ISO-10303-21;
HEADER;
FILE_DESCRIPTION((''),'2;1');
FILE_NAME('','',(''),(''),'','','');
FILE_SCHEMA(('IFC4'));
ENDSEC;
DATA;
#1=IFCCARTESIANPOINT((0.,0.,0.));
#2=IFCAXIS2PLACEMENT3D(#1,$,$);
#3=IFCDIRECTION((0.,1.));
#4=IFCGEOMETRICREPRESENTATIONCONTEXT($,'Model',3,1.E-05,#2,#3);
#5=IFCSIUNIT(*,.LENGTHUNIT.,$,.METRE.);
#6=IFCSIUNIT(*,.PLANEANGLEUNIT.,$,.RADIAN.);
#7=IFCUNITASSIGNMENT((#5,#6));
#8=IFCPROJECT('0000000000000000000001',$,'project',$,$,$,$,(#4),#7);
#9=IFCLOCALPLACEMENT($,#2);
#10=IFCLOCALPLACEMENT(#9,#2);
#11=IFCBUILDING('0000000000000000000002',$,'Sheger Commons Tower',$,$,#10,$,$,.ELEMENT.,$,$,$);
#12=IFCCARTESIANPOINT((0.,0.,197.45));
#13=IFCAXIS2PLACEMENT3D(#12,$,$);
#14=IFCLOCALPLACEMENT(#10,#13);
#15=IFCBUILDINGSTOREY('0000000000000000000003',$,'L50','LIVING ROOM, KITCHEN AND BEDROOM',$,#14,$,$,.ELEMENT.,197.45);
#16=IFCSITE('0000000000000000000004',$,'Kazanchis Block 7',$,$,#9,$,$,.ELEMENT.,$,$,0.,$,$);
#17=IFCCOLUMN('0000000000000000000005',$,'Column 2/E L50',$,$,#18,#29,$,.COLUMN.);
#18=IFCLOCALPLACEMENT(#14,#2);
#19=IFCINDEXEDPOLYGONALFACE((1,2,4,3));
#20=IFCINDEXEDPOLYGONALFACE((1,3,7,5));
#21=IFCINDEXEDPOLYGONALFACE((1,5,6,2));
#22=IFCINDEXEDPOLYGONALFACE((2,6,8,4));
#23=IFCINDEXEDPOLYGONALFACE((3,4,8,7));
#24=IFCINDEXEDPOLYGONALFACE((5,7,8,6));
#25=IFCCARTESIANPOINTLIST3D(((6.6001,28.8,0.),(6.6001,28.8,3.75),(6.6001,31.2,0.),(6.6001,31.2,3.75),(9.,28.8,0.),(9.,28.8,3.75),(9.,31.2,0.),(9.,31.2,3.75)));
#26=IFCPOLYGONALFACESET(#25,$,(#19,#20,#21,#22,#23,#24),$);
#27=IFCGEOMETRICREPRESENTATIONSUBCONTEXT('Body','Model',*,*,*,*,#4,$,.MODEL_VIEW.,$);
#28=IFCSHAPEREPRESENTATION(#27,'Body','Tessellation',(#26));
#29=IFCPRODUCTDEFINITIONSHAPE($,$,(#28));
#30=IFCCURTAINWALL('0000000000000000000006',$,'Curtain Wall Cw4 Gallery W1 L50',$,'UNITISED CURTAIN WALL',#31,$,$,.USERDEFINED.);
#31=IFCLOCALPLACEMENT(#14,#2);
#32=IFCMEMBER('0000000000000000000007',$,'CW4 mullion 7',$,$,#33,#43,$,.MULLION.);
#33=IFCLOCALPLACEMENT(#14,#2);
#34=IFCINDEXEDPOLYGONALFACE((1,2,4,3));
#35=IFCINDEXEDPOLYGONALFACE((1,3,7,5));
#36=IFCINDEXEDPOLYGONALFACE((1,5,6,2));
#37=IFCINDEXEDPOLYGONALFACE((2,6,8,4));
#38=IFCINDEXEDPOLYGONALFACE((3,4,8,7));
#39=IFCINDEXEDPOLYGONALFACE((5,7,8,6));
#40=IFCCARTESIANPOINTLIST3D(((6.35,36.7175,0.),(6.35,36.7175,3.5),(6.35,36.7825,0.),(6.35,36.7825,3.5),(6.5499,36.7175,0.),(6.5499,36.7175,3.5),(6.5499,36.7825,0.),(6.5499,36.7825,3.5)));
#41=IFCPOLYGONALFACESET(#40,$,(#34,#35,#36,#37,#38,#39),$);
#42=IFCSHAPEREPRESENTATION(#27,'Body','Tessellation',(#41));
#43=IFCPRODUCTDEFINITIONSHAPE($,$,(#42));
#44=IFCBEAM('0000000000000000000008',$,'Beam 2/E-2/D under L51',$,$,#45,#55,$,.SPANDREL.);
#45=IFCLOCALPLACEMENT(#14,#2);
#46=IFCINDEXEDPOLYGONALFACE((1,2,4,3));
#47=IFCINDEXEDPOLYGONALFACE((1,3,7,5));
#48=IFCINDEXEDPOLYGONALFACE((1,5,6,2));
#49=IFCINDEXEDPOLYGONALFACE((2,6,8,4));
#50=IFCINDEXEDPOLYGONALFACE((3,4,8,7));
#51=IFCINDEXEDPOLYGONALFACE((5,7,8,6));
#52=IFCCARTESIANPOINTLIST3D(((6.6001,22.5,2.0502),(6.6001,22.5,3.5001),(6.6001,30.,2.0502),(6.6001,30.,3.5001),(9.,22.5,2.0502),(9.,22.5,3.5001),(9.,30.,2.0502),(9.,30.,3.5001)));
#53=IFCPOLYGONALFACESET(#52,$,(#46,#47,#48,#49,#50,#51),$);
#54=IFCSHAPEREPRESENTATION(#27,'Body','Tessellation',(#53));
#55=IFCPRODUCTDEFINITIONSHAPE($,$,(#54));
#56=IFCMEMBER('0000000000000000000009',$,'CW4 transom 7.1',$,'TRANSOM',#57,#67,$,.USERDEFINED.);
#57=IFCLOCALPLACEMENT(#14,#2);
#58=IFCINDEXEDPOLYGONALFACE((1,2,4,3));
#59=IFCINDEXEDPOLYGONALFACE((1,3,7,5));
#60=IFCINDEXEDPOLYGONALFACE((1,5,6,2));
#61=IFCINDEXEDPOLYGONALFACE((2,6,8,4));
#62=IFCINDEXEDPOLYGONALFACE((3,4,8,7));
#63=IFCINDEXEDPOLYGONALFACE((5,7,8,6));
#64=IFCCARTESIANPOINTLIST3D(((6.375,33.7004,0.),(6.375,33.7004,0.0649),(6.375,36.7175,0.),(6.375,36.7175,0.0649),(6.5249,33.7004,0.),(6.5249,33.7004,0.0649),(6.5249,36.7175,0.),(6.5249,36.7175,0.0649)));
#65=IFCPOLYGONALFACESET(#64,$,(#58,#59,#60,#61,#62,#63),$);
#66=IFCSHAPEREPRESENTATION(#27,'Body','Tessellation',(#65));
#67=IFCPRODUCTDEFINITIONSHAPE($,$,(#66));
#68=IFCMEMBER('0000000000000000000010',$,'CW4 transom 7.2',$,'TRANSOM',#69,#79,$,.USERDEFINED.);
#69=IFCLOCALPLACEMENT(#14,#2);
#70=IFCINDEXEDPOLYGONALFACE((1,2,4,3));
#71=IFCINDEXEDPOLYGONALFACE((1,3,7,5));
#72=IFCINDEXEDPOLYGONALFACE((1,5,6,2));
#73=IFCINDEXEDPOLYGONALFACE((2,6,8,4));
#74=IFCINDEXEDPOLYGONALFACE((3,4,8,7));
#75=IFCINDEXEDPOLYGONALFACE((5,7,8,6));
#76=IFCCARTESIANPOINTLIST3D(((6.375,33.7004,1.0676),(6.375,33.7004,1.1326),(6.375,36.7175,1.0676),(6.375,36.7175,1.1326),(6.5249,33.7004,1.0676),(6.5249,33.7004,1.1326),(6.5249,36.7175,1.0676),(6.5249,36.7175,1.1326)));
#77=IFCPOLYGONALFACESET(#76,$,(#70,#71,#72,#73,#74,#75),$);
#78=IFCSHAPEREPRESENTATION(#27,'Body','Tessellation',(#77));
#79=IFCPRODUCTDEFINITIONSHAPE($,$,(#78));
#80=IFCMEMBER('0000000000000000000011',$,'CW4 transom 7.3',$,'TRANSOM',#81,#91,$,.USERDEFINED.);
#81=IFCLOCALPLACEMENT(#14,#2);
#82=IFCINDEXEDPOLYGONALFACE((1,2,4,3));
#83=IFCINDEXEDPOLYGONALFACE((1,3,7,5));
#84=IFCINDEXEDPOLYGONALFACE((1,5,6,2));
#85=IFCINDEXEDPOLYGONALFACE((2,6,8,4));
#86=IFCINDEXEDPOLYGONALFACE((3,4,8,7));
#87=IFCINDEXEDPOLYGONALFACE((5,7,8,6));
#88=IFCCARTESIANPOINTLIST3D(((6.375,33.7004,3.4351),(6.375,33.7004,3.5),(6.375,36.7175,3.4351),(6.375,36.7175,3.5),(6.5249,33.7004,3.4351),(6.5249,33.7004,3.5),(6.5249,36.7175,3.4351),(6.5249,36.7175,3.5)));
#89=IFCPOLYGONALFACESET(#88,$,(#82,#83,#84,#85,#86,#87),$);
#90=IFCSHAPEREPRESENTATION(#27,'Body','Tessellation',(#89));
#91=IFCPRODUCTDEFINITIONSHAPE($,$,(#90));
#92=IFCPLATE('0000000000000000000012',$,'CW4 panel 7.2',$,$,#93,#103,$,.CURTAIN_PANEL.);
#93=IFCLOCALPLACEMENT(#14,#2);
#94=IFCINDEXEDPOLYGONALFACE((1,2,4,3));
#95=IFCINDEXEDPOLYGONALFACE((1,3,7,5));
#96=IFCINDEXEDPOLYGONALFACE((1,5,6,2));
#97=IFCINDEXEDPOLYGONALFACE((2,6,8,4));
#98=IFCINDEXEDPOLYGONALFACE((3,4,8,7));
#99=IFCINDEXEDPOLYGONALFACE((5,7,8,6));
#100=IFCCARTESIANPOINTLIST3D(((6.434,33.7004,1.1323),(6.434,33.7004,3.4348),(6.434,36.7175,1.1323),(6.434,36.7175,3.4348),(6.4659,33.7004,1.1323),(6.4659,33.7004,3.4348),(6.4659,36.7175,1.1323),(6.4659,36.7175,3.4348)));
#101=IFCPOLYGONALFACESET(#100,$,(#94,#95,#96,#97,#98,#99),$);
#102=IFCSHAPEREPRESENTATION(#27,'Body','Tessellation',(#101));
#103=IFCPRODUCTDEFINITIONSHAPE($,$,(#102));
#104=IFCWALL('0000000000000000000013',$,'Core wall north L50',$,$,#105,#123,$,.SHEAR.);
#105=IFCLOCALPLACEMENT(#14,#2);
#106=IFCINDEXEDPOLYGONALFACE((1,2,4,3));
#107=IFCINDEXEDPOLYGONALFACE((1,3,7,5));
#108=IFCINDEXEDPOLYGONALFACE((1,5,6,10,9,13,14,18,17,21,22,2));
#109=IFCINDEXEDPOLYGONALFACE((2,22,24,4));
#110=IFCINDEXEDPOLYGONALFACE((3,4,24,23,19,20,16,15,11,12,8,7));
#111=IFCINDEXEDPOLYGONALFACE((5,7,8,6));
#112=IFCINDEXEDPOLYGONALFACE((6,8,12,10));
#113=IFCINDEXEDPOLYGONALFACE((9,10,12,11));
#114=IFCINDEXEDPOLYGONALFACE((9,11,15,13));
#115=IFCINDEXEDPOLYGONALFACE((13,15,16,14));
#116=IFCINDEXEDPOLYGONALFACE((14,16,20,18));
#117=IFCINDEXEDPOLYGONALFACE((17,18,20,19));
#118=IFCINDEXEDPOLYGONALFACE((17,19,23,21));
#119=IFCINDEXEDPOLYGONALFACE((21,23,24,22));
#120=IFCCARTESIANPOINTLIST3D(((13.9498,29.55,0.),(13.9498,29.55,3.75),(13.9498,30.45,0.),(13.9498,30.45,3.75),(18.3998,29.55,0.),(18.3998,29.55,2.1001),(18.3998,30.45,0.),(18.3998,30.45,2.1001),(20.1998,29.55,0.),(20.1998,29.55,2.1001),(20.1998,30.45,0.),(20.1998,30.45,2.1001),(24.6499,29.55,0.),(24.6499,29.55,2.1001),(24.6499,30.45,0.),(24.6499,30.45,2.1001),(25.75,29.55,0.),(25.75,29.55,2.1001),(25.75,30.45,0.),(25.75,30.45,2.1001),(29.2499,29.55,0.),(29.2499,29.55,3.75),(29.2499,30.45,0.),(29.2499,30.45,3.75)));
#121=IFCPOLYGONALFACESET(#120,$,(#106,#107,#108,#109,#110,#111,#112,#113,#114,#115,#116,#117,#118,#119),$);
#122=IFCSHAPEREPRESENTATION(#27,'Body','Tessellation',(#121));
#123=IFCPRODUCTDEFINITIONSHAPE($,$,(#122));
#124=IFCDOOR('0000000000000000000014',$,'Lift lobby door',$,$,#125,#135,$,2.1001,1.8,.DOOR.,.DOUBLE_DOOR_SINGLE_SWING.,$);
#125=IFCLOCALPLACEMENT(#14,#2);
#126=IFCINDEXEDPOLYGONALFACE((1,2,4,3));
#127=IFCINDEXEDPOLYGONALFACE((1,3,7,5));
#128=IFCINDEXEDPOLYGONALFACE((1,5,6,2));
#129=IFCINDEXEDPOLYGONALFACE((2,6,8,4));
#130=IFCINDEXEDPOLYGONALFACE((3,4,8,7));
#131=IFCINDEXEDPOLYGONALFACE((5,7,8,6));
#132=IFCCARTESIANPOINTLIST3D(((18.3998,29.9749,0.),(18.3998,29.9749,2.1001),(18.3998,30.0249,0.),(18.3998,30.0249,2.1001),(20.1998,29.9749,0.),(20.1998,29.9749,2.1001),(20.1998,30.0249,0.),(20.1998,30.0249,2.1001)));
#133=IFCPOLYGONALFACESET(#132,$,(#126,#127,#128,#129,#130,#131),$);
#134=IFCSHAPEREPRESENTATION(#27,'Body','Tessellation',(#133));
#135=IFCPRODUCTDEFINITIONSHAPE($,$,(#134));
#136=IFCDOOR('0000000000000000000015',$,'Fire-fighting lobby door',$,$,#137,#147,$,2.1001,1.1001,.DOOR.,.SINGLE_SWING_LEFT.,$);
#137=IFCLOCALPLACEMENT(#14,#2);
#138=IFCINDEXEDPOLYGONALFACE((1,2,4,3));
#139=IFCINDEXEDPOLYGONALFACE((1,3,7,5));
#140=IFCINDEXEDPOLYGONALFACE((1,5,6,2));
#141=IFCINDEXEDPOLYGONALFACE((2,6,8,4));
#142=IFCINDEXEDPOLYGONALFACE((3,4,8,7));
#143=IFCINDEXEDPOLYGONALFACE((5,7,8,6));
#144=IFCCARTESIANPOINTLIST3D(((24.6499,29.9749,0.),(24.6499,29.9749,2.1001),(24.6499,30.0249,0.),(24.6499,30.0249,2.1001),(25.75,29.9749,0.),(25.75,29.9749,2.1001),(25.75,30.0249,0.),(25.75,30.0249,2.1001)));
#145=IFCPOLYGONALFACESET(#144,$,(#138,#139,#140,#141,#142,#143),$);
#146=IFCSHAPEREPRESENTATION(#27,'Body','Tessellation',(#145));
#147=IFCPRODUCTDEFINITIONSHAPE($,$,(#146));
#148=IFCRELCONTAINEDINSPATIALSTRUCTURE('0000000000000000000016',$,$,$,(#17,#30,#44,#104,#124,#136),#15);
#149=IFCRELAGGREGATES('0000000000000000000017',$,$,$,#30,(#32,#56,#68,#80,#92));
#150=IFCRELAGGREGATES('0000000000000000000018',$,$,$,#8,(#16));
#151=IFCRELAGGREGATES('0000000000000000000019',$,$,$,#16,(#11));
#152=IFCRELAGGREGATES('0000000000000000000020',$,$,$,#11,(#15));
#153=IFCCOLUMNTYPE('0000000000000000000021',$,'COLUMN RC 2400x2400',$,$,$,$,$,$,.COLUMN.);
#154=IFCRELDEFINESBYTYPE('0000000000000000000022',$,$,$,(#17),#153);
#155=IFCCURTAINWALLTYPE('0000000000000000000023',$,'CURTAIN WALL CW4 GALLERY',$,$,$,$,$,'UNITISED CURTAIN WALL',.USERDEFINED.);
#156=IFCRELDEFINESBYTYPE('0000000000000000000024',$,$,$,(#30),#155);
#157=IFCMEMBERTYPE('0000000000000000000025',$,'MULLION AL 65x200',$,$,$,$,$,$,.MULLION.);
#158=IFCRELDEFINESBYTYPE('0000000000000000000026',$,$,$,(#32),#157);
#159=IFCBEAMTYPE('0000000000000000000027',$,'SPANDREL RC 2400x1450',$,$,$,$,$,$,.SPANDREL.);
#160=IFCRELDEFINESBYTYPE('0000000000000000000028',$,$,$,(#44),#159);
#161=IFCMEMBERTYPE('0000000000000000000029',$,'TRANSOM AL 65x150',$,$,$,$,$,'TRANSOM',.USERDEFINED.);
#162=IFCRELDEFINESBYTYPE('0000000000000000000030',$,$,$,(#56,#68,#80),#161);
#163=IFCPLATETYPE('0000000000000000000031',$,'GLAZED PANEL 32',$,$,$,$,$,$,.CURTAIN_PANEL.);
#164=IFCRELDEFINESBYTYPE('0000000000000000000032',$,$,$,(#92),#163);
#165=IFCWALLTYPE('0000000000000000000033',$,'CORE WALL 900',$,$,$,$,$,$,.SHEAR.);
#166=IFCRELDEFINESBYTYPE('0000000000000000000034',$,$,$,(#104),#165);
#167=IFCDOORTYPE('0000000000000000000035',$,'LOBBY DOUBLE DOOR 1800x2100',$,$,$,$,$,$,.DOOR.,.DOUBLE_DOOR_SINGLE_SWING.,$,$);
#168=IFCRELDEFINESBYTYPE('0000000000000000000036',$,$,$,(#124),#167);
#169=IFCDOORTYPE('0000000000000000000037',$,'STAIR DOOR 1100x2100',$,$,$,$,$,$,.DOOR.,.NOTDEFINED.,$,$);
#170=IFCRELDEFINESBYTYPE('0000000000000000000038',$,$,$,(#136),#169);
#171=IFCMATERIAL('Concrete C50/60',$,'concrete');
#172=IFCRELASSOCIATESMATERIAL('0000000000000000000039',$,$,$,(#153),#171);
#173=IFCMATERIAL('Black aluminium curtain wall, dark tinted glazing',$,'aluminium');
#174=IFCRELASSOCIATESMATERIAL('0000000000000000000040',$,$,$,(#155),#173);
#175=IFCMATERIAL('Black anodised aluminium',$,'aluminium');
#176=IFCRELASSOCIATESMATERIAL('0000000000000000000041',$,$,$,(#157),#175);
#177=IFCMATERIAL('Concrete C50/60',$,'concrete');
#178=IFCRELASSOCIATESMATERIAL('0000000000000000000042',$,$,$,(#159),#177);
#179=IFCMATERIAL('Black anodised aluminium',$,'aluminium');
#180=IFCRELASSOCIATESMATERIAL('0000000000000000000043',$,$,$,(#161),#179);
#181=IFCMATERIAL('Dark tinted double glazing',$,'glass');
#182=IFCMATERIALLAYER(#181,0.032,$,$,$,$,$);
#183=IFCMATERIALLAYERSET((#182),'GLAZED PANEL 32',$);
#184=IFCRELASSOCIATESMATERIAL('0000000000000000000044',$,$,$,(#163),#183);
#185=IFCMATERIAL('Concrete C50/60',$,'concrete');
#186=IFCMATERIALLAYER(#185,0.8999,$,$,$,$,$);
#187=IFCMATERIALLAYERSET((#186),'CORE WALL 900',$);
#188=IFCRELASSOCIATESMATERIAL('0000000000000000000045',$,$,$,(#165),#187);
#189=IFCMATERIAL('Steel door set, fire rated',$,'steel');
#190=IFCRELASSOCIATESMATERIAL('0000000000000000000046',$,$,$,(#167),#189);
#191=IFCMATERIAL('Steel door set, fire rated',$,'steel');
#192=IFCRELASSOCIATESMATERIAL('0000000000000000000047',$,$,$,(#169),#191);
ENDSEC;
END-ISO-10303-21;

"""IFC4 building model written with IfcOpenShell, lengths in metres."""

from ifc_helpers import new_model, si_unit, direction, frame, frame_2d, origin, origin_2d, place, context, subcontext, project, spatial, rectangle, extrude, material, layer, layer_set, material_profile, profile_set, type_object, element, fill, aggregate, save


model = new_model("IFC4")

# Units and contexts
model_context = context("Model", 3, precision=1e-05, world=origin(), true_north=direction((0.0, 1.0)))
body_context = subcontext(model_context, "Body", "Model", "MODEL_VIEW")
ifc_project = project(units=[si_unit("LENGTHUNIT", "METRE"), si_unit("PLANEANGLEUNIT", "RADIAN")], contexts=[model_context])

# Site, building, storey
site_placement = place(None, origin())
site = spatial("IfcSite", under=ifc_project, at=site_placement, Name="Kazanchis Block 7", CompositionType="ELEMENT", RefElevation=0.0)
building_placement = place(site_placement, origin())
building = spatial("IfcBuilding", under=site, at=building_placement, Name="Sheger Commons Tower", CompositionType="ELEMENT")
storey_placement = place(building_placement, frame((0.0, 0.0, 197.45)))
storey = spatial("IfcBuildingStorey", under=building, at=storey_placement, Name="L50", Description="LIVING ROOM, KITCHEN AND BEDROOM", CompositionType="ELEMENT", Elevation=197.45)

# Column
ifc_material_1 = material(Name="Concrete C50/60", Category="concrete")
ifc_material_profile_1 = material_profile(ifc_material_1, rectangle(XDim=2.3999, YDim=2.3999, at=origin_2d()), Name="RC 2400x2400")
ifc_profile_set_1 = profile_set([ifc_material_profile_1], Name="Concrete C50/60")
column_type = type_object("IfcColumnType", Name="COLUMN RC 2400x2400", PredefinedType="COLUMN", material=ifc_profile_set_1)
column_placement = place(storey_placement, frame((7.8, 30.0, 0.0), z_axis=(0.0, 0.0, 1.0), x_axis=(1.0, 0.0, 0.0)))
element("IfcColumn", 1, at=column_placement, inside=storey, type_object=column_type, Name="Column 2/E L50", PredefinedType="COLUMN", context=body_context, shape_type="SweptSolid", body=[
    extrude(rectangle(XDim=2.3999, YDim=2.3999, at=origin_2d()), origin(), (0.0, 0.0, 1.0), 3.75),
])

# Curtain wall, member
ifc_material_2 = material(Name="Black aluminium curtain wall, dark tinted glazing", Category="aluminium")
curtain_wall_type = type_object("IfcCurtainWallType", Name="CURTAIN WALL CW4 GALLERY", ElementType="UNITISED CURTAIN WALL", PredefinedType="USERDEFINED", material=ifc_material_2)
curtain_wall_placement = place(storey_placement, origin())
curtain_wall = element("IfcCurtainWall", 2, at=curtain_wall_placement, inside=storey, type_object=curtain_wall_type, Name="Curtain Wall Cw4 Gallery W1 L50", ObjectType="UNITISED CURTAIN WALL", PredefinedType="USERDEFINED")
ifc_material_3 = material(Name="Black anodised aluminium", Category="aluminium")
ifc_material_profile_2 = material_profile(ifc_material_3, rectangle(XDim=0.2, YDim=0.0649, at=origin_2d()), Name="AL 65x200")
ifc_profile_set_2 = profile_set([ifc_material_profile_2], Name="Black anodised aluminium")
member_type_1 = type_object("IfcMemberType", Name="MULLION AL 65x200", PredefinedType="MULLION", material=ifc_profile_set_2)
member_1_placement = place(storey_placement, frame((6.45, 36.75, 0.0), z_axis=(0.0, 0.0, 1.0), x_axis=(1.0, 0.0, 0.0)))
member_1 = element("IfcMember", 3, at=member_1_placement, type_object=member_type_1, Name="CW4 mullion 7", PredefinedType="MULLION", context=body_context, shape_type="SweptSolid", body=[
    extrude(rectangle(XDim=0.2, YDim=0.0649, at=origin_2d()), origin(), (0.0, 0.0, 1.0), 3.5),
])

# Beam
ifc_material_4 = material(Name="Concrete C50/60", Category="concrete")
ifc_material_profile_3 = material_profile(ifc_material_4, rectangle(XDim=2.3999, YDim=1.45, at=origin_2d()), Name="RC 2400x1450")
ifc_profile_set_3 = profile_set([ifc_material_profile_3], Name="Concrete C50/60")
beam_type = type_object("IfcBeamType", Name="SPANDREL RC 2400x1450", PredefinedType="SPANDREL", material=ifc_profile_set_3)
beam_placement = place(storey_placement, frame((7.8, 30.0, 2.7751), z_axis=(0.0, -1.0, 0.0), x_axis=(1.0, 0.0, 0.0)))
element("IfcBeam", 4, at=beam_placement, inside=storey, type_object=beam_type, Name="Beam 2/E-2/D under L51", PredefinedType="SPANDREL", context=body_context, shape_type="SweptSolid", body=[
    extrude(rectangle(XDim=2.3999, YDim=1.45, at=origin_2d()), origin(), (0.0, 0.0, 1.0), 7.5),
])

# Members
ifc_material_5 = material(Name="Black anodised aluminium", Category="aluminium")
ifc_material_profile_4 = material_profile(ifc_material_5, rectangle(XDim=0.1499, YDim=0.0649, at=origin_2d()), Name="AL 65x150")
ifc_profile_set_4 = profile_set([ifc_material_profile_4], Name="Black anodised aluminium")
member_type_2 = type_object("IfcMemberType", Name="TRANSOM AL 65x150", ElementType="TRANSOM", PredefinedType="USERDEFINED", material=ifc_profile_set_4)
member_2_placement = place(storey_placement, frame((6.45, 36.7175, 0.0325), z_axis=(0.0, -1.0, 0.0), x_axis=(1.0, 0.0, 0.0)))
member_2 = element("IfcMember", 5, at=member_2_placement, type_object=member_type_2, Name="CW4 transom 7.1", ObjectType="TRANSOM", PredefinedType="USERDEFINED", context=body_context, shape_type="SweptSolid", body=[
    extrude(rectangle(XDim=0.1499, YDim=0.0649, at=origin_2d()), origin(), (0.0, 0.0, 1.0), 3.0171),
])
member_3_placement = place(storey_placement, frame((6.45, 36.7175, 1.1001), z_axis=(0.0, -1.0, 0.0), x_axis=(1.0, 0.0, 0.0)))
member_3 = element("IfcMember", 6, at=member_3_placement, type_object=member_type_2, Name="CW4 transom 7.2", ObjectType="TRANSOM", PredefinedType="USERDEFINED", context=body_context, shape_type="SweptSolid", body=[
    extrude(rectangle(XDim=0.1499, YDim=0.0649, at=origin_2d()), origin(), (0.0, 0.0, 1.0), 3.0171),
])
member_4_placement = place(storey_placement, frame((6.45, 36.7175, 3.4675), z_axis=(0.0, -1.0, 0.0), x_axis=(1.0, 0.0, 0.0)))
member_4 = element("IfcMember", 7, at=member_4_placement, type_object=member_type_2, Name="CW4 transom 7.3", ObjectType="TRANSOM", PredefinedType="USERDEFINED", context=body_context, shape_type="SweptSolid", body=[
    extrude(rectangle(XDim=0.1499, YDim=0.0649, at=origin_2d()), origin(), (0.0, 0.0, 1.0), 3.0171),
])

# Plate
ifc_material_6 = material(Name="Dark tinted double glazing", Category="glass")
ifc_layer_1 = layer(ifc_material_6, 0.032)
ifc_layer_set_1 = layer_set([ifc_layer_1], Name="GLAZED PANEL 32")
plate_type = type_object("IfcPlateType", Name="GLAZED PANEL 32", PredefinedType="CURTAIN_PANEL", material=ifc_layer_set_1)
plate_placement = place(storey_placement, frame((6.45, 35.209, 1.1323), z_axis=(0.0, 0.0, 1.0), x_axis=(0.0, -1.0, 0.0)))
plate = element("IfcPlate", 8, at=plate_placement, type_object=plate_type, Name="CW4 panel 7.2", PredefinedType="CURTAIN_PANEL", context=body_context, shape_type="SweptSolid", body=[
    extrude(rectangle(XDim=3.0171, YDim=0.032, at=origin_2d()), origin(), (0.0, 0.0, 1.0), 2.3025),
])
aggregate(curtain_wall, [member_1, member_2, member_3, member_4, plate])

# Wall, openings, doors
ifc_material_7 = material(Name="Concrete C50/60", Category="concrete")
ifc_layer_2 = layer(ifc_material_7, 0.8999)
ifc_layer_set_2 = layer_set([ifc_layer_2], Name="CORE WALL 900")
wall_type_1 = type_object("IfcWallType", Name="CORE WALL 900", PredefinedType="SHEAR", material=ifc_layer_set_2)
wall_1_placement = place(storey_placement, frame((13.95, 30.0, 0.0), z_axis=(0.0, 0.0, 1.0), x_axis=(1.0, 0.0, 0.0)))
wall_1 = element("IfcWall", 9, at=wall_1_placement, inside=storey, type_object=wall_type_1, Name="Core wall north L50", PredefinedType="SHEAR", context=body_context, shape_type="SweptSolid", body=[
    extrude(rectangle(XDim=15.3, YDim=0.8999, at=frame_2d((7.6499, 0.0))), origin(), (0.0, 0.0, 1.0), 3.75),
])
opening_1_placement = place(wall_1_placement, frame((4.45, 0.0, 0.0)))
opening_1 = element("IfcOpeningElement", 10, at=opening_1_placement, cuts=wall_1, PredefinedType="OPENING", context=body_context, shape_type="SweptSolid", body=[
    extrude(rectangle(XDim=1.8, YDim=2.1001, at=frame_2d((0.8999, 1.05))), frame((0.0, 0.46, 0.0), z_axis=(0.0, -1.0, 0.0), x_axis=(1.0, 0.0, 0.0)), (0.0, 0.0, 1.0), 0.9199),
])
opening_2_placement = place(wall_1_placement, frame((10.7, 0.0, 0.0)))
opening_2 = element("IfcOpeningElement", 11, at=opening_2_placement, cuts=wall_1, PredefinedType="OPENING", context=body_context, shape_type="SweptSolid", body=[
    extrude(rectangle(XDim=1.1001, YDim=2.1001, at=frame_2d((0.55, 1.05))), frame((0.0, 0.46, 0.0), z_axis=(0.0, -1.0, 0.0), x_axis=(1.0, 0.0, 0.0)), (0.0, 0.0, 1.0), 0.9199),
])
ifc_material_8 = material(Name="Steel door set, fire rated", Category="steel")
door_type_1 = type_object("IfcDoorType", Name="LOBBY DOUBLE DOOR 1800x2100", OperationType="DOUBLE_DOOR_SINGLE_SWING", PredefinedType="DOOR", material=ifc_material_8)
door_1_placement = place(opening_1_placement, origin())
door_1 = element("IfcDoor", 12, at=door_1_placement, inside=storey, type_object=door_type_1, Name="Lift lobby door", OperationType="DOUBLE_DOOR_SINGLE_SWING", OverallHeight=2.1001, OverallWidth=1.8, PredefinedType="DOOR", context=body_context, shape_type="SweptSolid", body=[
    extrude(rectangle(XDim=1.8, YDim=2.1001, at=frame_2d((0.8999, 1.05))), frame((0.0, 0.0249, 0.0), z_axis=(0.0, -1.0, 0.0), x_axis=(1.0, 0.0, 0.0)), (0.0, 0.0, 1.0), 0.05),
])
fill(opening_1, door_1)
ifc_material_9 = material(Name="Steel door set, fire rated", Category="steel")
door_type_2 = type_object("IfcDoorType", Name="STAIR DOOR 1100x2100", OperationType="NOTDEFINED", PredefinedType="DOOR", material=ifc_material_9)
door_2_placement = place(opening_2_placement, origin())
door_2 = element("IfcDoor", 13, at=door_2_placement, inside=storey, type_object=door_type_2, Name="Fire-fighting lobby door", OperationType="SINGLE_SWING_LEFT", OverallHeight=2.1001, OverallWidth=1.1001, PredefinedType="DOOR", context=body_context, shape_type="SweptSolid", body=[
    extrude(rectangle(XDim=1.1001, YDim=2.1001, at=frame_2d((0.55, 1.05))), frame((0.0, 0.0249, 0.0), z_axis=(0.0, -1.0, 0.0), x_axis=(1.0, 0.0, 0.0)), (0.0, 0.0, 1.0), 0.05),
])
fill(opening_2, door_2)

save(model, "model.ifc")
